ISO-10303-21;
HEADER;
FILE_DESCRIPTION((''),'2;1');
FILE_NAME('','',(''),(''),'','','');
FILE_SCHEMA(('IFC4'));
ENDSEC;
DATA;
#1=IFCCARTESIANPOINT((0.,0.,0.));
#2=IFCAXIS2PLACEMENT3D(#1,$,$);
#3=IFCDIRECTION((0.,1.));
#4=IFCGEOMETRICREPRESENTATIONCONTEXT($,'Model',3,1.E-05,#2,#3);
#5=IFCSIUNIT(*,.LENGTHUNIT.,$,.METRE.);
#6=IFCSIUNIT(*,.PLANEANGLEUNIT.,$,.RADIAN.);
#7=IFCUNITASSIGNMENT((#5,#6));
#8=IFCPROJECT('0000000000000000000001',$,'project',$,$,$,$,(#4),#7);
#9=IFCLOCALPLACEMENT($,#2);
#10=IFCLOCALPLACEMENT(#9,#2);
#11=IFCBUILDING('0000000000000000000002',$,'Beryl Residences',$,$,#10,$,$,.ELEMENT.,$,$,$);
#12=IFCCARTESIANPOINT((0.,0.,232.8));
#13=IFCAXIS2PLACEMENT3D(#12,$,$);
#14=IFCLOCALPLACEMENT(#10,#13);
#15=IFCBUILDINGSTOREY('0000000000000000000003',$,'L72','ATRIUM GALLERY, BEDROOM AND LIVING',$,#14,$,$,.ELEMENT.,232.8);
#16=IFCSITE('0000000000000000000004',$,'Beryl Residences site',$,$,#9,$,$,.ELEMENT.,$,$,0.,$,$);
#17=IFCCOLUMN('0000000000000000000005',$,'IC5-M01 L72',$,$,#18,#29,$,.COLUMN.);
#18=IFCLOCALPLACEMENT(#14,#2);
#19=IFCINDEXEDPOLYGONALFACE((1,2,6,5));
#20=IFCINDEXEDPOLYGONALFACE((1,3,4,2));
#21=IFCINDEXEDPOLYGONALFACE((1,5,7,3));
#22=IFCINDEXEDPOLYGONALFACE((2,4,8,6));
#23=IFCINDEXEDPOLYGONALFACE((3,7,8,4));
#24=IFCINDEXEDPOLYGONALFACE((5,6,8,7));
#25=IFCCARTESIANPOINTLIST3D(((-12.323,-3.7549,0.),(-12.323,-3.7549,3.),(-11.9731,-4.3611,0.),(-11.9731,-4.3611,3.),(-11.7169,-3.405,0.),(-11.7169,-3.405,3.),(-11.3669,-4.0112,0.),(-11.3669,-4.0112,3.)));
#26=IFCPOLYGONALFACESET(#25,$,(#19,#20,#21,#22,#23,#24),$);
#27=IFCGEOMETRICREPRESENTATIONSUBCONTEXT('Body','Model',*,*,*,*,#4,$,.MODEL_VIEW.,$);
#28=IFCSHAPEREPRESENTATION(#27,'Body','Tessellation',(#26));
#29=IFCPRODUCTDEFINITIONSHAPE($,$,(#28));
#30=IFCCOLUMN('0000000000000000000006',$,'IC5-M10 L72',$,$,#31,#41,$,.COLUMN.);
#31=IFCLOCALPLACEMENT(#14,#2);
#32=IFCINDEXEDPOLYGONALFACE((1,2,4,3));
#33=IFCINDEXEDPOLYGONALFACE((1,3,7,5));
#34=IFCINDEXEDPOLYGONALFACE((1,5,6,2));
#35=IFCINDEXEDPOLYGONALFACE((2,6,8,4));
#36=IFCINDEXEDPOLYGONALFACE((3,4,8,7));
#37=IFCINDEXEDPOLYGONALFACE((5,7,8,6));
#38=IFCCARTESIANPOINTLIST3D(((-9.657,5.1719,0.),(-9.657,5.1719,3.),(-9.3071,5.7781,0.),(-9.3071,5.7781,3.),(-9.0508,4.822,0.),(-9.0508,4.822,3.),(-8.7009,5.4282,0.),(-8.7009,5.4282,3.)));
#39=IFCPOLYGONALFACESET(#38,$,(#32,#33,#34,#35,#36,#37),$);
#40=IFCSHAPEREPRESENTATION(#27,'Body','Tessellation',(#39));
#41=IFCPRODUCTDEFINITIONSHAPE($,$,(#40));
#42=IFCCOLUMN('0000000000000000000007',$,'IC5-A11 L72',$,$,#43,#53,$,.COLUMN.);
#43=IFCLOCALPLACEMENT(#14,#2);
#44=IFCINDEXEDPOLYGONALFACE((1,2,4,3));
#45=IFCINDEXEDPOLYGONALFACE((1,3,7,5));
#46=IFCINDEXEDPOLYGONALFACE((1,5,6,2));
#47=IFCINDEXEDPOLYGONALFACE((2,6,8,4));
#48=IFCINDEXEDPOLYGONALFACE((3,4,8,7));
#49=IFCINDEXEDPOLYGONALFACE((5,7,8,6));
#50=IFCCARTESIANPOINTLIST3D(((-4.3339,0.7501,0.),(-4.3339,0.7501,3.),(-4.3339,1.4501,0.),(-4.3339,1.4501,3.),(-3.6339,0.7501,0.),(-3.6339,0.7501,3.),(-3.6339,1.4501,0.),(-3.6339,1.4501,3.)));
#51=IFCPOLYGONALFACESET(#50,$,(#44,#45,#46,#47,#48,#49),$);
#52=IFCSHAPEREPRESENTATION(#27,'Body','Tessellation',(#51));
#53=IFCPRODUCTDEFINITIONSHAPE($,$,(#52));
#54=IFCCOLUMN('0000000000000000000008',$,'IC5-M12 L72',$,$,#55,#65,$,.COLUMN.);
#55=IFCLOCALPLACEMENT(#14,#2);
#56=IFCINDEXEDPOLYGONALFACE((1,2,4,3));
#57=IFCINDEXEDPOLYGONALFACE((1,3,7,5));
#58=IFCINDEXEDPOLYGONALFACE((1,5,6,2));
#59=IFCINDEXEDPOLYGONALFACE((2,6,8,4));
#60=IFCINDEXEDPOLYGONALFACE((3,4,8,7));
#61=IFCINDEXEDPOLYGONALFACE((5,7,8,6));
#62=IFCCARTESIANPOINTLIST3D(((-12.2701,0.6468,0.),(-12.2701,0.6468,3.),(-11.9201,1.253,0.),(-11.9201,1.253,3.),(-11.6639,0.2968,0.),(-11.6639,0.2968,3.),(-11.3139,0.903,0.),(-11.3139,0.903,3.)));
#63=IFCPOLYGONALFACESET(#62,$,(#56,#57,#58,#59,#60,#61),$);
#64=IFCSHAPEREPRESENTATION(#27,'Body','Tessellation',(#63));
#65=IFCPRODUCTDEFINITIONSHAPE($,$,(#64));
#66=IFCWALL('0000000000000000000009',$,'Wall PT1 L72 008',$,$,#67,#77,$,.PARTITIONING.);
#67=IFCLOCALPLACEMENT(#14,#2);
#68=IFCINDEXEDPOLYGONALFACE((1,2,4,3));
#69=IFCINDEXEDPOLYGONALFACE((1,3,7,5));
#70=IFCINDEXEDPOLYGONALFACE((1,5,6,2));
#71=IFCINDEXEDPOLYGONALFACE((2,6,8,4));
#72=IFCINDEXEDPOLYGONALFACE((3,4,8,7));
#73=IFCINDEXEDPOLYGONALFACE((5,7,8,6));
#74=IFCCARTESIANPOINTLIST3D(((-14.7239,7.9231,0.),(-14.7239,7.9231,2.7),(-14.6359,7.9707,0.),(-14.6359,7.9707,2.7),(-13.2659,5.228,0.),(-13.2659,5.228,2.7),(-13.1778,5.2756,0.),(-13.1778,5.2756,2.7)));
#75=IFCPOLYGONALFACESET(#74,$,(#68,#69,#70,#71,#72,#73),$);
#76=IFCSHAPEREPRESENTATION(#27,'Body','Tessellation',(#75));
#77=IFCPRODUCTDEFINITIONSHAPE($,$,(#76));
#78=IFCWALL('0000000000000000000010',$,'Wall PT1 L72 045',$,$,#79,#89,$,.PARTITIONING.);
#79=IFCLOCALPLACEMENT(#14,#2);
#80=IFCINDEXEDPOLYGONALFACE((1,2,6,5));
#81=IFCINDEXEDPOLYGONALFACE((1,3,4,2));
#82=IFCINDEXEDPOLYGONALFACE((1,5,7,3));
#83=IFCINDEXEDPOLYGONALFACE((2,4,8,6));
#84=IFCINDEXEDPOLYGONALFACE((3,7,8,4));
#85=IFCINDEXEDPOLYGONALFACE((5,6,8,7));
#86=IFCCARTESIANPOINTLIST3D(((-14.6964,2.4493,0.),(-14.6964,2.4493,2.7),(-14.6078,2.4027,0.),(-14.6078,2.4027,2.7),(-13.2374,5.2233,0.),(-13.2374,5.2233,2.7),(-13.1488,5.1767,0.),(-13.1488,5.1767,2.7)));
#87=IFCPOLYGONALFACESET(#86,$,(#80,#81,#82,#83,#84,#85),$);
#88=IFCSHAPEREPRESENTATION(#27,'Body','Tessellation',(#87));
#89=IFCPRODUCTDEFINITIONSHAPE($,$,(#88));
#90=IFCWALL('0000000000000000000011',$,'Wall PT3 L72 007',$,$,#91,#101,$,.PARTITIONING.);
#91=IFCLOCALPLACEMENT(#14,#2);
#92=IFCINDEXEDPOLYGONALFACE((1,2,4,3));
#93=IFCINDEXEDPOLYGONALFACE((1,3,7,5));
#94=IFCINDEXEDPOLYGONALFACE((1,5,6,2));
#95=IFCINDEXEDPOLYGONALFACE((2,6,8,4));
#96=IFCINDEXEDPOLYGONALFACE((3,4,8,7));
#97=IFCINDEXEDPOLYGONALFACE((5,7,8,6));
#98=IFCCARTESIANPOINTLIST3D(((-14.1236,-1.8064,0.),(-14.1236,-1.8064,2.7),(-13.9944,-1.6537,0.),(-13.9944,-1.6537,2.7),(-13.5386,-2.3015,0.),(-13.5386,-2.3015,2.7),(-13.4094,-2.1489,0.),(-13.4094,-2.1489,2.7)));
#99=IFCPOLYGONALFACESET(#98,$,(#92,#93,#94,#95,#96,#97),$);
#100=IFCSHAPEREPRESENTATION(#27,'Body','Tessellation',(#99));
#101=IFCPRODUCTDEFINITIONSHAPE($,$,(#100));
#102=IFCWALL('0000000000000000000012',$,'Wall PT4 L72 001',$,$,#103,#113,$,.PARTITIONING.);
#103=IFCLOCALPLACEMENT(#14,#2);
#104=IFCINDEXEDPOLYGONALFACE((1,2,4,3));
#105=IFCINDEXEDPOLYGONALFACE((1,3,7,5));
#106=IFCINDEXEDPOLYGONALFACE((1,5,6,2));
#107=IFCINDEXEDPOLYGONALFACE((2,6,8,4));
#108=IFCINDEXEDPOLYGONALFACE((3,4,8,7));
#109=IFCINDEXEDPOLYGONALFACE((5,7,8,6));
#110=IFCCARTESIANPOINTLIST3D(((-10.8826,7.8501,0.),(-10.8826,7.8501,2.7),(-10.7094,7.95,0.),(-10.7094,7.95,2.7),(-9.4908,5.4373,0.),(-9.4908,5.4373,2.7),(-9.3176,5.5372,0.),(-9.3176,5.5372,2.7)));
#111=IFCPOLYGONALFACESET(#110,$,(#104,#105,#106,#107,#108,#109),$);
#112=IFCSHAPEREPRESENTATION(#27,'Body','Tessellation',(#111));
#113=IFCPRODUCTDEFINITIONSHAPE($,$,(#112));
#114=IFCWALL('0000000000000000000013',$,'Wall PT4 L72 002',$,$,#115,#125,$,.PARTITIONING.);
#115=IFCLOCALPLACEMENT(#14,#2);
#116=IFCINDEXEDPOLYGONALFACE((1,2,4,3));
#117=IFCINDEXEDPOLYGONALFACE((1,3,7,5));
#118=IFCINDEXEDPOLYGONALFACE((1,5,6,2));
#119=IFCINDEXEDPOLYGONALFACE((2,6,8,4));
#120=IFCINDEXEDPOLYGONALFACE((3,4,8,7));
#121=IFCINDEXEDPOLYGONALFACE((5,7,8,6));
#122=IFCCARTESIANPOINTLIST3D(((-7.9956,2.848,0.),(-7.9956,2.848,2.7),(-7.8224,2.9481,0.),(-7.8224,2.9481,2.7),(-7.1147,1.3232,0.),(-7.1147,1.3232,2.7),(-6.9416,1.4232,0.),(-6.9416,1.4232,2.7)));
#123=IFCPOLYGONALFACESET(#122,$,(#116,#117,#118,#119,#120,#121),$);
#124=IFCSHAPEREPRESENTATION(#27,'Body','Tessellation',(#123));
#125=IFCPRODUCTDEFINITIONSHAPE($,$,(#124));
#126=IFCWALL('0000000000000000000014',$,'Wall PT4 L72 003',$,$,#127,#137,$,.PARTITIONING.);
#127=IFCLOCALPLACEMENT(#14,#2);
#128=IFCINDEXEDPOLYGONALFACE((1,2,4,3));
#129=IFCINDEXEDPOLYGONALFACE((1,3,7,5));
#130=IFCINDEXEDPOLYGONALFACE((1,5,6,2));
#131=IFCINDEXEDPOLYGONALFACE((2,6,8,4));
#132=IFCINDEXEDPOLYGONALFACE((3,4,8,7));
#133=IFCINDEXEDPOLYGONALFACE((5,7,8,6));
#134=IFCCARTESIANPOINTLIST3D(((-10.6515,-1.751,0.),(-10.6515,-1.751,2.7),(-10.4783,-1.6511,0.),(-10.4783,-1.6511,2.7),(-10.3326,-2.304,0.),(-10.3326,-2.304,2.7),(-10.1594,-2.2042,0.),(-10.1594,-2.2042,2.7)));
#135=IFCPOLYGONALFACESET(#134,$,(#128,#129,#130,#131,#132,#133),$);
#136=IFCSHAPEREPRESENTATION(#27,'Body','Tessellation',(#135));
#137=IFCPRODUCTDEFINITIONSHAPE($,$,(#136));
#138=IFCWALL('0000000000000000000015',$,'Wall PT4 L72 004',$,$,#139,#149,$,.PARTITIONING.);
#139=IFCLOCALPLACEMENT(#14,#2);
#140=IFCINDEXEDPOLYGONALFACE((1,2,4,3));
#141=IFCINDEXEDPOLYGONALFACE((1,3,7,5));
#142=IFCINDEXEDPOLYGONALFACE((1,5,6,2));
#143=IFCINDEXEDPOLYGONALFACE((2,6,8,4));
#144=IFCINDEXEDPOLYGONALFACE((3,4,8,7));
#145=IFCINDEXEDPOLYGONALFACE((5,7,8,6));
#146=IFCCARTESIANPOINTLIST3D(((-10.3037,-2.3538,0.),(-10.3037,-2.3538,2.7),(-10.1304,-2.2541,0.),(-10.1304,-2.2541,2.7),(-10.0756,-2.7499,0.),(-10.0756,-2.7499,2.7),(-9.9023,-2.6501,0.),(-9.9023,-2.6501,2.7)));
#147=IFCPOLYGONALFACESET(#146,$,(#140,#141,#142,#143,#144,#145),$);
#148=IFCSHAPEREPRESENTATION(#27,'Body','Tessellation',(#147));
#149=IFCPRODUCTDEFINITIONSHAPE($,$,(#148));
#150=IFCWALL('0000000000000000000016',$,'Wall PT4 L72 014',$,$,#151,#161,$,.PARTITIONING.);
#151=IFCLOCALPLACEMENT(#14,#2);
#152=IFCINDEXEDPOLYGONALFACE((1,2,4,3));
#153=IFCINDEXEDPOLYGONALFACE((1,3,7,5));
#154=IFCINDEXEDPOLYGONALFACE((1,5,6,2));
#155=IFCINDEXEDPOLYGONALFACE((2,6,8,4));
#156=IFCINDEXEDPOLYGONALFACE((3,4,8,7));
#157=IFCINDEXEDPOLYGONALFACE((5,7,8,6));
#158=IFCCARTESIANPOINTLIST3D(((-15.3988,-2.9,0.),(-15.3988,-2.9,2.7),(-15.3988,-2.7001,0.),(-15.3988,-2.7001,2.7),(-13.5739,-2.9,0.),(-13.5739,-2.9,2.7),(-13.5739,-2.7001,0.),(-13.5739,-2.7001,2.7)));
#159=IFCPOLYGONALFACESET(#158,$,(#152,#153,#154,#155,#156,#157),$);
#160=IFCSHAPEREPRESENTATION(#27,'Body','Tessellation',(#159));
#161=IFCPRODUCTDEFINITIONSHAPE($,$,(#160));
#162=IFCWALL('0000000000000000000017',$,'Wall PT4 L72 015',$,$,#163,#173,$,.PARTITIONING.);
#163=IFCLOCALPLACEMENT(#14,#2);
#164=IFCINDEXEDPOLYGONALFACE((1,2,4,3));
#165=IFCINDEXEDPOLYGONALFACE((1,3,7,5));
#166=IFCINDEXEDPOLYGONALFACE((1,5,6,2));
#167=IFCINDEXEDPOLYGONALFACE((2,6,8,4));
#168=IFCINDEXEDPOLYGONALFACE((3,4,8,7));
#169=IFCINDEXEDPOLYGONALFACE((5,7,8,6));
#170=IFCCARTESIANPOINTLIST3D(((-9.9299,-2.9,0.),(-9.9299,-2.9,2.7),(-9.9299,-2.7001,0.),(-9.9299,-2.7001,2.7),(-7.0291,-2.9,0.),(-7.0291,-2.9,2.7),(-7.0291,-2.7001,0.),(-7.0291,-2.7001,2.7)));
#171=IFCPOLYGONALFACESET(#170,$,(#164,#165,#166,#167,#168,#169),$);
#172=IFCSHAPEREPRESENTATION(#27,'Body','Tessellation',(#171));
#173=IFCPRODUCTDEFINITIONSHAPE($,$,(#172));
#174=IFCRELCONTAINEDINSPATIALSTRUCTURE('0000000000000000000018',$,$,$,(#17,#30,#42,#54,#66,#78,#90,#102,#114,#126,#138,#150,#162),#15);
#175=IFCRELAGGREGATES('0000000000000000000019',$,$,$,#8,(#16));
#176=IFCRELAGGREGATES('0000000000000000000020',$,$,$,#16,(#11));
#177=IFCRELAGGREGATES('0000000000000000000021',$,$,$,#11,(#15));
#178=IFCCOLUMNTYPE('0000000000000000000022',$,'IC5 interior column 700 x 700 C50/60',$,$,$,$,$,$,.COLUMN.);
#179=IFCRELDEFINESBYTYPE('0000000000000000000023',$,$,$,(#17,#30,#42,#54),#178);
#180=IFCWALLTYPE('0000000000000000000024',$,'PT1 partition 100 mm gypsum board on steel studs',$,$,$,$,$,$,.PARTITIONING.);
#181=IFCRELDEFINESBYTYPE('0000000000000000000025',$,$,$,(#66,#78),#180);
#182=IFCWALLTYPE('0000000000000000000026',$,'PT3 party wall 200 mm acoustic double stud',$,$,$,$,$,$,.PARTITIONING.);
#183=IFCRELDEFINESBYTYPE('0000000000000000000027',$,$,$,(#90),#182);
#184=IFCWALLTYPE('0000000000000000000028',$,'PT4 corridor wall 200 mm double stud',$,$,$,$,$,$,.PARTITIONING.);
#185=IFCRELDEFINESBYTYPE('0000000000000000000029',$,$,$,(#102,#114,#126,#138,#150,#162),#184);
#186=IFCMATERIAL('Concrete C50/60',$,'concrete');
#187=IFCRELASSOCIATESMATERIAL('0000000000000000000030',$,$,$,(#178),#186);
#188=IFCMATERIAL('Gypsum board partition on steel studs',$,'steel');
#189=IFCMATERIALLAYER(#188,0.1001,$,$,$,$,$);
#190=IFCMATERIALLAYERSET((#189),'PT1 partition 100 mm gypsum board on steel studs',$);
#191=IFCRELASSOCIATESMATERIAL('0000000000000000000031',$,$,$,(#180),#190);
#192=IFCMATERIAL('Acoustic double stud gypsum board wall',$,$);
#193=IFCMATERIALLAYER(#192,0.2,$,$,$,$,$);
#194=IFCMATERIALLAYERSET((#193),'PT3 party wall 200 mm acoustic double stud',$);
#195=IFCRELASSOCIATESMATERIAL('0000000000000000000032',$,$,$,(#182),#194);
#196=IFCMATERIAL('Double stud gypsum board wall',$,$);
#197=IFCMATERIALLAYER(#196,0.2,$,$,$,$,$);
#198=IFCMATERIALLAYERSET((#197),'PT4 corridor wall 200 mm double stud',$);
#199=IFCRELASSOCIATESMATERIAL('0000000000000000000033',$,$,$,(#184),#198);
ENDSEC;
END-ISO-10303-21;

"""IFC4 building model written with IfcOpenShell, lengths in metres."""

from ifc_helpers import new_model, si_unit, direction, frame, frame_2d, origin, origin_2d, place, context, subcontext, project, spatial, rectangle, extrude, material, layer, layer_set, material_profile, profile_set, type_object, element, save


model = new_model("IFC4")

# Units and contexts
model_context = context("Model", 3, precision=1e-05, world=origin(), true_north=direction((0.0, 1.0)))
body_context = subcontext(model_context, "Body", "Model", "MODEL_VIEW")
ifc_project = project(units=[si_unit("LENGTHUNIT", "METRE"), si_unit("PLANEANGLEUNIT", "RADIAN")], contexts=[model_context])

# Site, building, storey
site_placement = place(None, origin())
site = spatial("IfcSite", under=ifc_project, at=site_placement, Name="Beryl Residences site", CompositionType="ELEMENT", RefElevation=0.0)
building_placement = place(site_placement, origin())
building = spatial("IfcBuilding", under=site, at=building_placement, Name="Beryl Residences", CompositionType="ELEMENT")
storey_placement = place(building_placement, frame((0.0, 0.0, 232.8)))
storey = spatial("IfcBuildingStorey", under=building, at=storey_placement, Name="L72", Description="ATRIUM GALLERY, BEDROOM AND LIVING", CompositionType="ELEMENT", Elevation=232.8)

# Columns
ifc_material_1 = material(Name="Concrete C50/60", Category="concrete")
ifc_material_profile = material_profile(ifc_material_1, rectangle(XDim=0.7, YDim=0.7, at=origin_2d()))
ifc_profile_set = profile_set([ifc_material_profile], Name="Concrete C50/60")
column_type = type_object("IfcColumnType", Name="IC5 interior column 700 x 700 C50/60", PredefinedType="COLUMN", material=ifc_profile_set)
for number, where, z_axis, x_axis, name in (
    (1, (-11.845, -3.8831, 0.0), (0.0, 0.0, 1.0), (0.499985, -0.866034, 0.0), "IC5-M01 L72"),
    (2, (-9.179, 5.3, 0.0), (0.0, 0.0, 1.0), (-0.49997, -0.866043, 0.0), "IC5-M10 L72"),
    (3, (-3.9839, 1.1001, 0.0), (0.0, 0.0, 1.0), (1.0, 0.0, 0.0), "IC5-A11 L72"),
    (4, (-11.792, 0.7749, 0.0), (0.0, 0.0, 1.0), (-0.49997, -0.866043, 0.0), "IC5-M12 L72"),
):
    element("IfcColumn", number, at=place(storey_placement, frame(where, z_axis=z_axis, x_axis=x_axis)), inside=storey, type_object=column_type, Name=name, PredefinedType="COLUMN", context=body_context, shape_type="SweptSolid", body=[
        extrude(rectangle(XDim=0.7, YDim=0.7, at=origin_2d()), origin(), (0.0, 0.0, 1.0), 3.0),
    ])

# Walls
ifc_material_2 = material(Name="Gypsum board partition on steel studs", Category="steel")
ifc_layer_1 = layer(ifc_material_2, 0.1001)
ifc_layer_set_1 = layer_set([ifc_layer_1], Name="PT1 partition 100 mm gypsum board on steel studs")
wall_type_1 = type_object("IfcWallType", Name="PT1 partition 100 mm gypsum board on steel studs", PredefinedType="PARTITIONING", material=ifc_layer_set_1)
wall_1_placement = place(storey_placement, frame((-14.6799, 7.947, 0.0), z_axis=(0.0, 0.0, 1.0), x_axis=(0.475824, -0.879541, 0.0)))
element("IfcWall", 5, at=wall_1_placement, inside=storey, type_object=wall_type_1, Name="Wall PT1 L72 008", PredefinedType="PARTITIONING", context=body_context, shape_type="SweptSolid", body=[
    extrude(rectangle(XDim=3.0642, YDim=0.1001, at=frame_2d((1.5322, 0.0))), origin(), (0.0, 0.0, 1.0), 2.7),
])
wall_2_placement = place(storey_placement, frame((-14.6521, 2.426, 0.0), z_axis=(0.0, 0.0, 1.0), x_axis=(0.465502, 0.885047, 0.0)))
element("IfcWall", 6, at=wall_2_placement, inside=storey, type_object=wall_type_1, Name="Wall PT1 L72 045", PredefinedType="PARTITIONING", context=body_context, shape_type="SweptSolid", body=[
    extrude(rectangle(XDim=3.1343, YDim=0.1001, at=frame_2d((1.5671, 0.0))), origin(), (0.0, 0.0, 1.0), 2.7),
])
ifc_material_3 = material(Name="Acoustic double stud gypsum board wall")
ifc_layer_2 = layer(ifc_material_3, 0.2)
ifc_layer_set_2 = layer_set([ifc_layer_2], Name="PT3 party wall 200 mm acoustic double stud")
wall_type_2 = type_object("IfcWallType", Name="PT3 party wall 200 mm acoustic double stud", PredefinedType="PARTITIONING", material=ifc_layer_set_2)
wall_3_placement = place(storey_placement, frame((-14.0591, -1.73, 0.0), z_axis=(0.0, 0.0, 1.0), x_axis=(0.76329, -0.646056, 0.0)))
element("IfcWall", 7, at=wall_3_placement, inside=storey, type_object=wall_type_2, Name="Wall PT3 L72 007", PredefinedType="PARTITIONING", context=body_context, shape_type="SweptSolid", body=[
    extrude(rectangle(XDim=0.7664, YDim=0.2, at=frame_2d((0.3833, 0.0))), origin(), (0.0, 0.0, 1.0), 2.7),
])
ifc_material_4 = material(Name="Double stud gypsum board wall")
ifc_layer_3 = layer(ifc_material_4, 0.2)
ifc_layer_set_3 = layer_set([ifc_layer_3], Name="PT4 corridor wall 200 mm double stud")
wall_type_3 = type_object("IfcWallType", Name="PT4 corridor wall 200 mm double stud", PredefinedType="PARTITIONING", material=ifc_layer_set_3)
wall_4_placement = place(storey_placement, frame((-10.7959, 7.8999, 0.0), z_axis=(0.0, 0.0, 1.0), x_axis=(0.499674, -0.866213, 0.0)))
element("IfcWall", 8, at=wall_4_placement, inside=storey, type_object=wall_type_3, Name="Wall PT4 L72 001", PredefinedType="PARTITIONING", context=body_context, shape_type="SweptSolid", body=[
    extrude(rectangle(XDim=2.7854, YDim=0.2, at=frame_2d((1.3926, 0.0))), origin(), (0.0, 0.0, 1.0), 2.7),
])
wall_5_placement = place(storey_placement, frame((-7.9089, 2.8979, 0.0), z_axis=(0.0, 0.0, 1.0), x_axis=(0.500194, -0.865913, 0.0)))
element("IfcWall", 9, at=wall_5_placement, inside=storey, type_object=wall_type_3, Name="Wall PT4 L72 002", PredefinedType="PARTITIONING", context=body_context, shape_type="SweptSolid", body=[
    extrude(rectangle(XDim=1.761, YDim=0.2, at=frame_2d((0.8804, 0.0))), origin(), (0.0, 0.0, 1.0), 2.7),
])
wall_6_placement = place(storey_placement, frame((-10.5649, -1.7009, 0.0), z_axis=(0.0, 0.0, 1.0), x_axis=(0.499513, -0.866307, 0.0)))
element("IfcWall", 10, at=wall_6_placement, inside=storey, type_object=wall_type_3, Name="Wall PT4 L72 003", PredefinedType="PARTITIONING", context=body_context, shape_type="SweptSolid", body=[
    extrude(rectangle(XDim=0.6384, YDim=0.2, at=frame_2d((0.3193, 0.0))), origin(), (0.0, 0.0, 1.0), 2.7),
])
wall_7_placement = place(storey_placement, frame((-10.217, -2.304, 0.0), z_axis=(0.0, 0.0, 1.0), x_axis=(0.499013, -0.866594, 0.0)))
element("IfcWall", 11, at=wall_7_placement, inside=storey, type_object=wall_type_3, Name="Wall PT4 L72 004", PredefinedType="PARTITIONING", context=body_context, shape_type="SweptSolid", body=[
    extrude(rectangle(XDim=0.457, YDim=0.2, at=frame_2d((0.2285, 0.0))), origin(), (0.0, 0.0, 1.0), 2.7),
])
wall_8_placement = place(storey_placement, frame((-15.3989, -2.8, 0.0), z_axis=(0.0, 0.0, 1.0), x_axis=(1.0, 0.0, 0.0)))
element("IfcWall", 12, at=wall_8_placement, inside=storey, type_object=wall_type_3, Name="Wall PT4 L72 014", PredefinedType="PARTITIONING", context=body_context, shape_type="SweptSolid", body=[
    extrude(rectangle(XDim=1.825, YDim=0.2, at=frame_2d((0.9126, 0.0))), origin(), (0.0, 0.0, 1.0), 2.7),
])
wall_9_placement = place(storey_placement, frame((-9.9299, -2.8, 0.0), z_axis=(0.0, 0.0, 1.0), x_axis=(1.0, 0.0, 0.0)))
element("IfcWall", 13, at=wall_9_placement, inside=storey, type_object=wall_type_3, Name="Wall PT4 L72 015", PredefinedType="PARTITIONING", context=body_context, shape_type="SweptSolid", body=[
    extrude(rectangle(XDim=2.9009, YDim=0.2, at=frame_2d((1.4504, 0.0))), origin(), (0.0, 0.0, 1.0), 2.7),
])

save(model, "model.ifc")
